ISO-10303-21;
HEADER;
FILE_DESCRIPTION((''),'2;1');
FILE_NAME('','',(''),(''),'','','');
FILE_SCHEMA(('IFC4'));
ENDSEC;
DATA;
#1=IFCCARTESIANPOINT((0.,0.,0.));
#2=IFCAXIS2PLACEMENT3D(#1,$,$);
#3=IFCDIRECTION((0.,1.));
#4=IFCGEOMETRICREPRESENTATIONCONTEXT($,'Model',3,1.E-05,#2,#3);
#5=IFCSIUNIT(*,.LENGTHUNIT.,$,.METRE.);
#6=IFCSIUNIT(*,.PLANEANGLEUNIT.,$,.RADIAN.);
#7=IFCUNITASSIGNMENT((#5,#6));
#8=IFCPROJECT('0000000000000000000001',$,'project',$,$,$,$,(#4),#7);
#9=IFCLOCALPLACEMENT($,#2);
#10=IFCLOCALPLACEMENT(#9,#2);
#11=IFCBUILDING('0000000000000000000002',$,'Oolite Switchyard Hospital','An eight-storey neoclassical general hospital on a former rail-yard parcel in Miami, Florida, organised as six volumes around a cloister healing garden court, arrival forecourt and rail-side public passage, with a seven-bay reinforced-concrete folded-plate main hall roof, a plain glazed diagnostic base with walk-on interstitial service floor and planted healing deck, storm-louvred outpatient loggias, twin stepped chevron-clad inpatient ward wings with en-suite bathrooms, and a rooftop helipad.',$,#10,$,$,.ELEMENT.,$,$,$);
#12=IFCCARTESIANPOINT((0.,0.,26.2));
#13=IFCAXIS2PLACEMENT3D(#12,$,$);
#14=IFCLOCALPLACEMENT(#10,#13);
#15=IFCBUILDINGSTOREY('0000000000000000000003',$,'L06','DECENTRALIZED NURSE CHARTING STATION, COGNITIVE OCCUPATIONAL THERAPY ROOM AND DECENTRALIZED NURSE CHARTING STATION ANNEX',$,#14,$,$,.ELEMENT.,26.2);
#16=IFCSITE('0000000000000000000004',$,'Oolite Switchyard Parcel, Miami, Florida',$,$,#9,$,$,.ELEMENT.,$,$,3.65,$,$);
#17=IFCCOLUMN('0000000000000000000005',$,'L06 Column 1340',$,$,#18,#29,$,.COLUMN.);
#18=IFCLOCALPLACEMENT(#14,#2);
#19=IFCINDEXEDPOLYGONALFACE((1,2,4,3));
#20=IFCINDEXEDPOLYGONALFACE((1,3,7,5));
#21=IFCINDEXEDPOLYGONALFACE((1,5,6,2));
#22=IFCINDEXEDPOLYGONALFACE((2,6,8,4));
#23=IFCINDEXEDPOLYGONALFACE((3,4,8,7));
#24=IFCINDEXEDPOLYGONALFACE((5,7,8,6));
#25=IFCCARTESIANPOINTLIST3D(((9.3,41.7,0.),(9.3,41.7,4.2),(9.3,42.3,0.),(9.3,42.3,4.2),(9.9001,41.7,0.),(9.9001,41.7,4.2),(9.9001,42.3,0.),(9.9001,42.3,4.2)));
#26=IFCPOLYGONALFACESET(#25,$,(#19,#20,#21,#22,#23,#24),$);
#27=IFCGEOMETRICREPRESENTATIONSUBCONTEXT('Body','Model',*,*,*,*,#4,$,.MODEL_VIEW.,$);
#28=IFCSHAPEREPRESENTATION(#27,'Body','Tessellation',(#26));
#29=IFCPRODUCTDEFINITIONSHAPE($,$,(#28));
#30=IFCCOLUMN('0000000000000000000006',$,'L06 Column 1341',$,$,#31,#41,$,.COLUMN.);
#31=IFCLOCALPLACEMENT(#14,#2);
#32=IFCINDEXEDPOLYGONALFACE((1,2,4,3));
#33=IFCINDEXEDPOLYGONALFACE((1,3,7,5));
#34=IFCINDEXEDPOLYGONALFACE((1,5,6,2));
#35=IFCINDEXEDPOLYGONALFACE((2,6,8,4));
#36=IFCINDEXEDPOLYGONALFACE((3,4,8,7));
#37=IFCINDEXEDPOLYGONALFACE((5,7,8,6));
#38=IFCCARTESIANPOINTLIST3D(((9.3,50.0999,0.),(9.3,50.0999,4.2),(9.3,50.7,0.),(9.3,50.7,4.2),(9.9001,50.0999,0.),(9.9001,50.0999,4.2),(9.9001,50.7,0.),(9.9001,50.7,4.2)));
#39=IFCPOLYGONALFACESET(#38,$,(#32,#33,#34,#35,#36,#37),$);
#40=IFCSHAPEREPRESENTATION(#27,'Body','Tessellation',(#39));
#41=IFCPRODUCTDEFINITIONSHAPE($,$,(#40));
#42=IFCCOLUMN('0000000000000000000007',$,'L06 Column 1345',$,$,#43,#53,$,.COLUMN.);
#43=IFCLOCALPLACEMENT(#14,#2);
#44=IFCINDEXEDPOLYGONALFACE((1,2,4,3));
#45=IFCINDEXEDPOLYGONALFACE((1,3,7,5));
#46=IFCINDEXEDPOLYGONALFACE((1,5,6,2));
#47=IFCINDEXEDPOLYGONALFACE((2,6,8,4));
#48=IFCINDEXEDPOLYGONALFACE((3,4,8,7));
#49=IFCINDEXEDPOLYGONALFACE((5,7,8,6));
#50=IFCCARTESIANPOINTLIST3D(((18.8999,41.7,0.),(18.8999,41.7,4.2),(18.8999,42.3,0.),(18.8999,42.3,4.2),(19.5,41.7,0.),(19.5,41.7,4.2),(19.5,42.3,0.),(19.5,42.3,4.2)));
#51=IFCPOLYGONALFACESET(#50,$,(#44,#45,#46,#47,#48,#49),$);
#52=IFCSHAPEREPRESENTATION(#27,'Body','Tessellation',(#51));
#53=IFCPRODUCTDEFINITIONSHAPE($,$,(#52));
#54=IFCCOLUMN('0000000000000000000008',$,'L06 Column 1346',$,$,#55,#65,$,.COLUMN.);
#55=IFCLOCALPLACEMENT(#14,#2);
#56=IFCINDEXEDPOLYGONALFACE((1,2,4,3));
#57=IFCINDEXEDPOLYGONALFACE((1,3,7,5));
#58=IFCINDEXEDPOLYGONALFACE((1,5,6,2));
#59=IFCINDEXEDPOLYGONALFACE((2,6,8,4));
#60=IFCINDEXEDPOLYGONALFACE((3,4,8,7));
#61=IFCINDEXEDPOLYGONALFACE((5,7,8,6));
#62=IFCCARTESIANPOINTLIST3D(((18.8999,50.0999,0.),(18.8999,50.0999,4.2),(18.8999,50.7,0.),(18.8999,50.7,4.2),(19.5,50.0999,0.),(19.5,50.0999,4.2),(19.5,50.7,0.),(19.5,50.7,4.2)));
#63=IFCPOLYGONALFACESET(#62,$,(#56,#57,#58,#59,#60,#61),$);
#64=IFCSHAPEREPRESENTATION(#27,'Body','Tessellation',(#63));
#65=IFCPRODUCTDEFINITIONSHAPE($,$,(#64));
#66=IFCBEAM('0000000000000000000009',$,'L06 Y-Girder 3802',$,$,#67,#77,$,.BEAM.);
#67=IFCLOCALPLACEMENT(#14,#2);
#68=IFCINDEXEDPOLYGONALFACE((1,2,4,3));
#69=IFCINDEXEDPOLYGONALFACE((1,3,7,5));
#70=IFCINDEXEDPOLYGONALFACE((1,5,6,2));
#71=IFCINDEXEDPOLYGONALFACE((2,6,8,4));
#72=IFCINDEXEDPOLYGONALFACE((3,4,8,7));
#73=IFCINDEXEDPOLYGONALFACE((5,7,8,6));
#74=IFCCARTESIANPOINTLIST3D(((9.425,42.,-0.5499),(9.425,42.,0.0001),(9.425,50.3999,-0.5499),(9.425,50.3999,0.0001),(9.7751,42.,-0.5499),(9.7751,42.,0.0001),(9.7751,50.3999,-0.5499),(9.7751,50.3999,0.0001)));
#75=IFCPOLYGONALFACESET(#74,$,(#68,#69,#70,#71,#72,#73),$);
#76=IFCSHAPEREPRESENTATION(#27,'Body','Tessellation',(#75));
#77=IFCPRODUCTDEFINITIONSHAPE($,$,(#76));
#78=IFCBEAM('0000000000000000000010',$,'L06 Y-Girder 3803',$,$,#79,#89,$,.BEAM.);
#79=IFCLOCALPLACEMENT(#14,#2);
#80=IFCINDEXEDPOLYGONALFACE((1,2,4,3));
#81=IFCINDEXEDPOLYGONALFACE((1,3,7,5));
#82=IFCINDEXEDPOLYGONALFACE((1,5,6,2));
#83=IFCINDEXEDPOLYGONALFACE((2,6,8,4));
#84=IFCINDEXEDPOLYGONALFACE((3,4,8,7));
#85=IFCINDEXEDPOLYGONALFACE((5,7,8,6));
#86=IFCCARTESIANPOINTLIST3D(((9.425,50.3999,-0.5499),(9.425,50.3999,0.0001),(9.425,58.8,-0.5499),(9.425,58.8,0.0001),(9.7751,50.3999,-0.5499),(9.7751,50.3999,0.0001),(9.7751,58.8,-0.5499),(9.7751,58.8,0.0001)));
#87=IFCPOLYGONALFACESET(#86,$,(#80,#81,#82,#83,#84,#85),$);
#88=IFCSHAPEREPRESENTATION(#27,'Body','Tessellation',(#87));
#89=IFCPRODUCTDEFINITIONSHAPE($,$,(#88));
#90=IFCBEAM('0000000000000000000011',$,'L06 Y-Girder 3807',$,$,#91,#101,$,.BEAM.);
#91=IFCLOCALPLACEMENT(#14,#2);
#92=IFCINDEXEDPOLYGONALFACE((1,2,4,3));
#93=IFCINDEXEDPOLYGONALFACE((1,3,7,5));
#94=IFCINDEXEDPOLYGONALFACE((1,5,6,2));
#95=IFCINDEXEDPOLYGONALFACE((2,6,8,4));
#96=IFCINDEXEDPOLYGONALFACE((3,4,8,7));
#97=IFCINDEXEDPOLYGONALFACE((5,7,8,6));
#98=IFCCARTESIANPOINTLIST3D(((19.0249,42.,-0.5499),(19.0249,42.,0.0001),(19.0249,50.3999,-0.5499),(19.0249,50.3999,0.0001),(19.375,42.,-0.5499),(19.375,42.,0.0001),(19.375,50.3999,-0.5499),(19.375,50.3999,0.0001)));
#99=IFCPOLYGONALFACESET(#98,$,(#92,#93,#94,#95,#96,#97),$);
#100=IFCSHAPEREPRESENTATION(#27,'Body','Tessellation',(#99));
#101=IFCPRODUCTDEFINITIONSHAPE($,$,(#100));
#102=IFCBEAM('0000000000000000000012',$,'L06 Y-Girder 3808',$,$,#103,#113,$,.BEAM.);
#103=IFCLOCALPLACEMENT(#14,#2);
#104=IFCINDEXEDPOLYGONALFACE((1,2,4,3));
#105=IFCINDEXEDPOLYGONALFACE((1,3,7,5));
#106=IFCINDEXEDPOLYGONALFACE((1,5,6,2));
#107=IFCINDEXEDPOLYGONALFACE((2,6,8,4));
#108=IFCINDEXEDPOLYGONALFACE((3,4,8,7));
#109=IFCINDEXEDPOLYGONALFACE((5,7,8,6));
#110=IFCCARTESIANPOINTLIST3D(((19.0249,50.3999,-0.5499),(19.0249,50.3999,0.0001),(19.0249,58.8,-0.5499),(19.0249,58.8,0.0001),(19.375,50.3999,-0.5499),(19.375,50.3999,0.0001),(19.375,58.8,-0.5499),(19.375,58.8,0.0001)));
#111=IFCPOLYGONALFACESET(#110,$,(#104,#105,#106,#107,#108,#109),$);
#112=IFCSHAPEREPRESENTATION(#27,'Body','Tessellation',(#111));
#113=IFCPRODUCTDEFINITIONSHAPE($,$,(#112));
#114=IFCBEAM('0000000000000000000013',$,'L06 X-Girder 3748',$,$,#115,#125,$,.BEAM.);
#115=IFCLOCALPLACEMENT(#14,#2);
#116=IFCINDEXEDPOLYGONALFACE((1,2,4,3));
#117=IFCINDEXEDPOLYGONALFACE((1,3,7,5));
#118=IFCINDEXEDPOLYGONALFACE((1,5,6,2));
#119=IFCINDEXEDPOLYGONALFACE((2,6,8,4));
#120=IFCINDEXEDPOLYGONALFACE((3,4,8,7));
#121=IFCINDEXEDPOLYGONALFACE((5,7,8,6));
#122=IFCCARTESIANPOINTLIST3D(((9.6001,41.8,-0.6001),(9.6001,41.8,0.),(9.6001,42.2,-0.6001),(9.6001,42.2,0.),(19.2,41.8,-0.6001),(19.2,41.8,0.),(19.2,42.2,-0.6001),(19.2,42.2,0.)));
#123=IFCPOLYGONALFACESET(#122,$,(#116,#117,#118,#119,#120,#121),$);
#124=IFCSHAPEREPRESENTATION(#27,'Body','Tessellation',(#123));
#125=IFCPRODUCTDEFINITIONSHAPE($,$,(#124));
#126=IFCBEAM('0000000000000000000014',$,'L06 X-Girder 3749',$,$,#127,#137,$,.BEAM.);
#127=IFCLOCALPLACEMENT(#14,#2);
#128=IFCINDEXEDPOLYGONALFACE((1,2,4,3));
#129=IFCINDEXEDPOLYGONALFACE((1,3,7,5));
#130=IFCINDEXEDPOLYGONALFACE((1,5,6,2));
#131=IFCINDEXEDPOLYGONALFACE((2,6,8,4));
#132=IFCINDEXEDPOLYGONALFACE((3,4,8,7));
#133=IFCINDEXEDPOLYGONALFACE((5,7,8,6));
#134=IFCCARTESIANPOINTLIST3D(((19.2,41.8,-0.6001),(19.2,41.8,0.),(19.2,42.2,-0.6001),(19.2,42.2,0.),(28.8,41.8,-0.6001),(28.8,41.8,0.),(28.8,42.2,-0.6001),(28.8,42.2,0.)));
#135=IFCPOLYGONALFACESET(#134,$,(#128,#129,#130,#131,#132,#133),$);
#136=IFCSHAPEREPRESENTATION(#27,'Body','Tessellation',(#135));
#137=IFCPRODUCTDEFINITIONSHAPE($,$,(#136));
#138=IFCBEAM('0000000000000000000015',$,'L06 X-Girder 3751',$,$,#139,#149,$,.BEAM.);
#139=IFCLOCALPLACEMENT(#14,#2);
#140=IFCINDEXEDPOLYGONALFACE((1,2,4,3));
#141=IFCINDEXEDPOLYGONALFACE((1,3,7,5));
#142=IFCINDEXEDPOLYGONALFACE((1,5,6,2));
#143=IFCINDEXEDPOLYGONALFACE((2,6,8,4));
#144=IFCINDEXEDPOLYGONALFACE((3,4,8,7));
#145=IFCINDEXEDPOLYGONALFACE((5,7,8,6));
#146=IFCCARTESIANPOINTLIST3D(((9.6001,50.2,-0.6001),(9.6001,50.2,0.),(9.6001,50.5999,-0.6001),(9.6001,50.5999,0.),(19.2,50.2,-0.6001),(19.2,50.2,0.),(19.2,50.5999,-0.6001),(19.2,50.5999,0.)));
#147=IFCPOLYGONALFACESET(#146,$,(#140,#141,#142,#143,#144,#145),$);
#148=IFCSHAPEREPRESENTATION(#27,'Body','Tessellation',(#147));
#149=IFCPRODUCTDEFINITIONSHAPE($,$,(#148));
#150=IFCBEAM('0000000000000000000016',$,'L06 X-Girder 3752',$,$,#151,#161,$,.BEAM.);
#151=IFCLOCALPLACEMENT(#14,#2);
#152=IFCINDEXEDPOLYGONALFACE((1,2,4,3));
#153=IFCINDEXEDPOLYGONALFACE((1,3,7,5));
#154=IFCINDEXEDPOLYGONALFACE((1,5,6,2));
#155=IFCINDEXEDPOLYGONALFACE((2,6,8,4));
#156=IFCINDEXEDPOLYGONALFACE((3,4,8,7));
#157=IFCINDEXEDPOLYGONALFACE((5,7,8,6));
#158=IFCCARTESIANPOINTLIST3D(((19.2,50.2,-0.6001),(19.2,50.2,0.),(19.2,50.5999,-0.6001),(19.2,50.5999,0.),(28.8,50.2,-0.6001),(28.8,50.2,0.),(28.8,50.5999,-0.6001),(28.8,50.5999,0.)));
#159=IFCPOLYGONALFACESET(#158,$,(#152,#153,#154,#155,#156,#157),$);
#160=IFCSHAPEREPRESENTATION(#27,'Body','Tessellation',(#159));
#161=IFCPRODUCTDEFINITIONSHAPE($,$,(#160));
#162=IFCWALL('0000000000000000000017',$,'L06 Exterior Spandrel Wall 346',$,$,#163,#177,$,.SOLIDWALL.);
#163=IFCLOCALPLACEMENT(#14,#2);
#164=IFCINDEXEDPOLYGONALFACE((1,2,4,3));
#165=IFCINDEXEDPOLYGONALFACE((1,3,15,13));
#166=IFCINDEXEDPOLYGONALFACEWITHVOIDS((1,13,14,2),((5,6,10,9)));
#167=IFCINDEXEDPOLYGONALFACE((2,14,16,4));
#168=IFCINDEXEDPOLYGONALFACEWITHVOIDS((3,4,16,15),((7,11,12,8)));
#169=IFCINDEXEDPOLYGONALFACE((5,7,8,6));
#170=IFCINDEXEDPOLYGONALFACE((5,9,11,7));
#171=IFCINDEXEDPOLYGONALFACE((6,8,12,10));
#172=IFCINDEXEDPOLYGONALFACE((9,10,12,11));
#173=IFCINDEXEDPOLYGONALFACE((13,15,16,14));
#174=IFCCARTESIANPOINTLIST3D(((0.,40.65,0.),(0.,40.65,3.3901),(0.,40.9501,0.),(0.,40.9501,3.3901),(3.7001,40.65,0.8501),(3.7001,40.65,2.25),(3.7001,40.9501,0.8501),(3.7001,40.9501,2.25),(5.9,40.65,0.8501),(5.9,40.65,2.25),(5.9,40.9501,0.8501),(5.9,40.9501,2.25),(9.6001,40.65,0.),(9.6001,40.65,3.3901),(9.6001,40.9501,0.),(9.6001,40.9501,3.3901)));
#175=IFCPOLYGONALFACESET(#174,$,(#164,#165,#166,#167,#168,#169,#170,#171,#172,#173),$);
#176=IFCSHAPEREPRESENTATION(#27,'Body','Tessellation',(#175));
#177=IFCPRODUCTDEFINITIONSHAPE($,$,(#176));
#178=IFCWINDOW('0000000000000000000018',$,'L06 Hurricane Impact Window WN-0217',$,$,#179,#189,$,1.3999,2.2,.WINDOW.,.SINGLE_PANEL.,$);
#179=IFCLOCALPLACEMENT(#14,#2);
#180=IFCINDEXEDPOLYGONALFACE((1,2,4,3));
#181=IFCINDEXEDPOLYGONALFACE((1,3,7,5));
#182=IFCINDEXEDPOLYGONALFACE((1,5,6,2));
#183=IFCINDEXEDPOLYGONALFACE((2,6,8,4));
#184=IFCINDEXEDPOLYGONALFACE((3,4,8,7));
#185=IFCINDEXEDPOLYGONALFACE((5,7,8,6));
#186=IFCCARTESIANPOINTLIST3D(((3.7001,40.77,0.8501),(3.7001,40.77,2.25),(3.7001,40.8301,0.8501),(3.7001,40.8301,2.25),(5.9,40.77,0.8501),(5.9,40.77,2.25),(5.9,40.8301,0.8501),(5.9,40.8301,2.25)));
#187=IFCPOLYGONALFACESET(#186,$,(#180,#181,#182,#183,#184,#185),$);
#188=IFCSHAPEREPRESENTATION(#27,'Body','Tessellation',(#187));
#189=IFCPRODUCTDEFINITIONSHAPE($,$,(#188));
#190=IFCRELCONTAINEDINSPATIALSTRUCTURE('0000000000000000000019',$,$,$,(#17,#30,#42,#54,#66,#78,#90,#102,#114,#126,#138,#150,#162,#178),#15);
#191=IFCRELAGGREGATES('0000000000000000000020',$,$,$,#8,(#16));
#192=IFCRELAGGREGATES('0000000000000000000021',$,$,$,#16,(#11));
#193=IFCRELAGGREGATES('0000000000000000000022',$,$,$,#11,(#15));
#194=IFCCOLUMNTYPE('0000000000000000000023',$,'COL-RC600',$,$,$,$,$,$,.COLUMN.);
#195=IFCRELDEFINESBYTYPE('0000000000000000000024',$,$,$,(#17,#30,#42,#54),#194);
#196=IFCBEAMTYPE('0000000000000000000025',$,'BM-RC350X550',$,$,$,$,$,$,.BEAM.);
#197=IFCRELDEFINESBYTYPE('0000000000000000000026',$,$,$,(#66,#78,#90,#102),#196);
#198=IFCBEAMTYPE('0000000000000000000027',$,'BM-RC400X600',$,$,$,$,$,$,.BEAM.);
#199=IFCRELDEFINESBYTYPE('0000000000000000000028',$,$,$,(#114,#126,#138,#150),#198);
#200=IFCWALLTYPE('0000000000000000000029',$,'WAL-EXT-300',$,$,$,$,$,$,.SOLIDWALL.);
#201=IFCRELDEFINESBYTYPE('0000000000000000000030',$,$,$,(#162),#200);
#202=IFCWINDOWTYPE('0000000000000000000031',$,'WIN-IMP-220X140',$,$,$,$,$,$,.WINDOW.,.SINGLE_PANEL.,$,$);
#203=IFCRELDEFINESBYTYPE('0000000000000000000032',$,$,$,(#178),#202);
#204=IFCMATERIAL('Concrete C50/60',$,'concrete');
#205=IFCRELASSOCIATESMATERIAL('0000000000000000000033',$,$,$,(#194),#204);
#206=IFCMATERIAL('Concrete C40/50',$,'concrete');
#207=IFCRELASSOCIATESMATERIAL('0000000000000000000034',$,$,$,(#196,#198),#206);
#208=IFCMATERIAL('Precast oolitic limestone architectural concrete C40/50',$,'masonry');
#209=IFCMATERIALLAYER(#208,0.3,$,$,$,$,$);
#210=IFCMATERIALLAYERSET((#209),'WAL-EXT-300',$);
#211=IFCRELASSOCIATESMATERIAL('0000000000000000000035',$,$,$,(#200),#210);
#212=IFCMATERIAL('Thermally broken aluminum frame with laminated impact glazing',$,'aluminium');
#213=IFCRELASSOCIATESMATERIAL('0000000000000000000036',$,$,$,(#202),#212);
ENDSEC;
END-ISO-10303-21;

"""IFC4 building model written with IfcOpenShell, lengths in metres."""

from ifc_helpers import new_model, si_unit, direction, frame, frame_2d, origin, origin_2d, place, context, subcontext, project, spatial, rectangle, extrude, material, layer, layer_set, material_profile, profile_set, type_object, element, fill, save


model = new_model("IFC4")

# Units and contexts
model_context = context("Model", 3, precision=1e-05, world=origin(), true_north=direction((0.0, 1.0)))
body_context = subcontext(model_context, "Body", "Model", "MODEL_VIEW")
ifc_project = project(units=[si_unit("LENGTHUNIT", "METRE"), si_unit("PLANEANGLEUNIT", "RADIAN")], contexts=[model_context])

# Site, building, storey
site_placement = place(None, origin())
site = spatial("IfcSite", under=ifc_project, at=site_placement, Name="Oolite Switchyard Parcel, Miami, Florida", CompositionType="ELEMENT", RefElevation=3.65)
building_placement = place(site_placement, origin())
building = spatial("IfcBuilding", under=site, at=building_placement, Name="Oolite Switchyard Hospital", Description="An eight-storey neoclassical general hospital on a former rail-yard parcel in Miami, Florida, organised as six volumes around a cloister healing garden court, arrival forecourt and rail-side public passage, with a seven-bay reinforced-concrete folded-plate main hall roof, a plain glazed diagnostic base with walk-on interstitial service floor and planted healing deck, storm-louvred outpatient loggias, twin stepped chevron-clad inpatient ward wings with en-suite bathrooms, and a rooftop helipad.", CompositionType="ELEMENT")
storey_placement = place(building_placement, frame((0.0, 0.0, 26.2)))
storey = spatial("IfcBuildingStorey", under=building, at=storey_placement, Name="L06", Description="DECENTRALIZED NURSE CHARTING STATION, COGNITIVE OCCUPATIONAL THERAPY ROOM AND DECENTRALIZED NURSE CHARTING STATION ANNEX", CompositionType="ELEMENT", Elevation=26.2)

# Columns
ifc_material_1 = material(Name="Concrete C50/60", Category="concrete")
ifc_material_profile_1 = material_profile(ifc_material_1, rectangle(XDim=0.6001, YDim=0.6001, at=origin_2d()), Name="RC600X600")
ifc_profile_set_1 = profile_set([ifc_material_profile_1], Name="Concrete C50/60")
column_type = type_object("IfcColumnType", Name="COL-RC600", PredefinedType="COLUMN", material=ifc_profile_set_1)
for number, where, z_axis, x_axis, name in (
    (1, (9.6001, 42.0, 0.0), (0.0, 0.0, 1.0), (1.0, 0.0, 0.0), "L06 Column 1340"),
    (2, (9.6001, 50.3999, 0.0), (0.0, 0.0, 1.0), (1.0, 0.0, 0.0), "L06 Column 1341"),
    (3, (19.2, 42.0, 0.0), (0.0, 0.0, 1.0), (1.0, 0.0, 0.0), "L06 Column 1345"),
    (4, (19.2, 50.3999, 0.0), (0.0, 0.0, 1.0), (1.0, 0.0, 0.0), "L06 Column 1346"),
):
    element("IfcColumn", number, at=place(storey_placement, frame(where, z_axis=z_axis, x_axis=x_axis)), inside=storey, type_object=column_type, Name=name, PredefinedType="COLUMN", context=body_context, shape_type="SweptSolid", body=[
        extrude(rectangle(XDim=0.6001, YDim=0.6001, at=origin_2d()), origin(), (0.0, 0.0, 1.0), 4.2),
    ])

# Beams
ifc_material_2 = material(Name="Concrete C40/50", Category="concrete")
ifc_material_profile_2 = material_profile(ifc_material_2, rectangle(XDim=0.3501, YDim=0.55, at=origin_2d()), Name="RCB350X550")
ifc_profile_set_2 = profile_set([ifc_material_profile_2], Name="Concrete C40/50")
beam_type_1 = type_object("IfcBeamType", Name="BM-RC350X550", PredefinedType="BEAM", material=ifc_profile_set_2)
beam_1_placement = place(storey_placement, frame((9.6001, 42.0, -0.2749), z_axis=(0.0, 1.0, 0.0), x_axis=(-1.0, 0.0, 0.0)))
element("IfcBeam", 5, at=beam_1_placement, inside=storey, type_object=beam_type_1, Name="L06 Y-Girder 3802", PredefinedType="BEAM", context=body_context, shape_type="SweptSolid", body=[
    extrude(rectangle(XDim=0.3501, YDim=0.55, at=origin_2d()), origin(), (0.0, 0.0, 1.0), 8.3999),
])
beam_2_placement = place(storey_placement, frame((9.6001, 50.3999, -0.2749), z_axis=(0.0, 1.0, 0.0), x_axis=(-1.0, 0.0, 0.0)))
element("IfcBeam", 6, at=beam_2_placement, inside=storey, type_object=beam_type_1, Name="L06 Y-Girder 3803", PredefinedType="BEAM", context=body_context, shape_type="SweptSolid", body=[
    extrude(rectangle(XDim=0.3501, YDim=0.55, at=origin_2d()), origin(), (0.0, 0.0, 1.0), 8.4001),
])
beam_3_placement = place(storey_placement, frame((19.2, 42.0, -0.2749), z_axis=(0.0, 1.0, 0.0), x_axis=(-1.0, 0.0, 0.0)))
element("IfcBeam", 7, at=beam_3_placement, inside=storey, type_object=beam_type_1, Name="L06 Y-Girder 3807", PredefinedType="BEAM", context=body_context, shape_type="SweptSolid", body=[
    extrude(rectangle(XDim=0.3501, YDim=0.55, at=origin_2d()), origin(), (0.0, 0.0, 1.0), 8.3999),
])
beam_4_placement = place(storey_placement, frame((19.2, 50.3999, -0.2749), z_axis=(0.0, 1.0, 0.0), x_axis=(-1.0, 0.0, 0.0)))
element("IfcBeam", 8, at=beam_4_placement, inside=storey, type_object=beam_type_1, Name="L06 Y-Girder 3808", PredefinedType="BEAM", context=body_context, shape_type="SweptSolid", body=[
    extrude(rectangle(XDim=0.3501, YDim=0.55, at=origin_2d()), origin(), (0.0, 0.0, 1.0), 8.4001),
])
ifc_material_profile_3 = material_profile(ifc_material_2, rectangle(XDim=0.3999, YDim=0.6001, at=origin_2d()), Name="RCB400X600")
ifc_profile_set_3 = profile_set([ifc_material_profile_3], Name="Concrete C40/50")
beam_type_2 = type_object("IfcBeamType", Name="BM-RC400X600", PredefinedType="BEAM", material=ifc_profile_set_3)
beam_5_placement = place(storey_placement, frame((9.6001, 42.0, -0.3), z_axis=(1.0, 0.0, 0.0), x_axis=(0.0, 1.0, 0.0)))
element("IfcBeam", 9, at=beam_5_placement, inside=storey, type_object=beam_type_2, Name="L06 X-Girder 3748", PredefinedType="BEAM", context=body_context, shape_type="SweptSolid", body=[
    extrude(rectangle(XDim=0.3999, YDim=0.6001, at=origin_2d()), origin(), (0.0, 0.0, 1.0), 9.5999),
])
beam_6_placement = place(storey_placement, frame((19.2, 42.0, -0.3), z_axis=(1.0, 0.0, 0.0), x_axis=(0.0, 1.0, 0.0)))
element("IfcBeam", 10, at=beam_6_placement, inside=storey, type_object=beam_type_2, Name="L06 X-Girder 3749", PredefinedType="BEAM", context=body_context, shape_type="SweptSolid", body=[
    extrude(rectangle(XDim=0.3999, YDim=0.6001, at=origin_2d()), origin(), (0.0, 0.0, 1.0), 9.6001),
])
beam_7_placement = place(storey_placement, frame((9.6001, 50.3999, -0.3), z_axis=(1.0, 0.0, 0.0), x_axis=(0.0, 1.0, 0.0)))
element("IfcBeam", 11, at=beam_7_placement, inside=storey, type_object=beam_type_2, Name="L06 X-Girder 3751", PredefinedType="BEAM", context=body_context, shape_type="SweptSolid", body=[
    extrude(rectangle(XDim=0.3999, YDim=0.6001, at=origin_2d()), origin(), (0.0, 0.0, 1.0), 9.5999),
])
beam_8_placement = place(storey_placement, frame((19.2, 50.3999, -0.3), z_axis=(1.0, 0.0, 0.0), x_axis=(0.0, 1.0, 0.0)))
element("IfcBeam", 12, at=beam_8_placement, inside=storey, type_object=beam_type_2, Name="L06 X-Girder 3752", PredefinedType="BEAM", context=body_context, shape_type="SweptSolid", body=[
    extrude(rectangle(XDim=0.3999, YDim=0.6001, at=origin_2d()), origin(), (0.0, 0.0, 1.0), 9.6001),
])

# Wall, opening, window
ifc_material_3 = material(Name="Precast oolitic limestone architectural concrete C40/50", Category="masonry")
ifc_layer_1 = layer(ifc_material_3, 0.3)
ifc_layer_set_1 = layer_set([ifc_layer_1], Name="WAL-EXT-300")
wall_type_1 = type_object("IfcWallType", Name="WAL-EXT-300", PredefinedType="SOLIDWALL", material=ifc_layer_set_1)
wall_1_placement = place(storey_placement, frame((9.6001, 40.8, 0.0), z_axis=(0.0, 0.0, 1.0), x_axis=(-1.0, 0.0, 0.0)))
wall_1 = element("IfcWall", 13, at=wall_1_placement, inside=storey, type_object=wall_type_1, Name="L06 Exterior Spandrel Wall 346", PredefinedType="SOLIDWALL", context=body_context, shape_type="SweptSolid", body=[
    extrude(rectangle(XDim=9.6001, YDim=0.3, at=frame_2d((4.8, 0.0))), origin(), (0.0, 0.0, 1.0), 3.3901),
])
opening_1_placement = place(wall_1_placement, frame((3.7, 0.0, 0.8501)))
opening_1 = element("IfcOpeningElement", 14, at=opening_1_placement, cuts=wall_1, PredefinedType="OPENING", context=body_context, shape_type="SweptSolid", body=[
    extrude(rectangle(XDim=2.2, YDim=1.3999, at=frame_2d((1.1001, 0.7))), frame((0.0, 0.1602, 0.0), z_axis=(0.0, -1.0, 0.0), x_axis=(1.0, 0.0, 0.0)), (0.0, 0.0, 1.0), 0.3201),
])
ifc_material_4 = material(Name="Thermally broken aluminum frame with laminated impact glazing", Category="aluminium")
window_type_1 = type_object("IfcWindowType", Name="WIN-IMP-220X140", PartitioningType="SINGLE_PANEL", PredefinedType="WINDOW", material=ifc_material_4)
window_1_placement = place(opening_1_placement, origin())
window_1 = element("IfcWindow", 15, at=window_1_placement, inside=storey, type_object=window_type_1, Name="L06 Hurricane Impact Window WN-0217", OverallHeight=1.3999, OverallWidth=2.2, PartitioningType="SINGLE_PANEL", PredefinedType="WINDOW", context=body_context, shape_type="SweptSolid", body=[
    extrude(rectangle(XDim=2.2, YDim=1.3999, at=frame_2d((1.1001, 0.7))), frame((0.0, 0.03, 0.0), z_axis=(0.0, -1.0, 0.0), x_axis=(1.0, 0.0, 0.0)), (0.0, 0.0, 1.0), 0.0601),
])
fill(opening_1, window_1)

save(model, "model.ifc")
